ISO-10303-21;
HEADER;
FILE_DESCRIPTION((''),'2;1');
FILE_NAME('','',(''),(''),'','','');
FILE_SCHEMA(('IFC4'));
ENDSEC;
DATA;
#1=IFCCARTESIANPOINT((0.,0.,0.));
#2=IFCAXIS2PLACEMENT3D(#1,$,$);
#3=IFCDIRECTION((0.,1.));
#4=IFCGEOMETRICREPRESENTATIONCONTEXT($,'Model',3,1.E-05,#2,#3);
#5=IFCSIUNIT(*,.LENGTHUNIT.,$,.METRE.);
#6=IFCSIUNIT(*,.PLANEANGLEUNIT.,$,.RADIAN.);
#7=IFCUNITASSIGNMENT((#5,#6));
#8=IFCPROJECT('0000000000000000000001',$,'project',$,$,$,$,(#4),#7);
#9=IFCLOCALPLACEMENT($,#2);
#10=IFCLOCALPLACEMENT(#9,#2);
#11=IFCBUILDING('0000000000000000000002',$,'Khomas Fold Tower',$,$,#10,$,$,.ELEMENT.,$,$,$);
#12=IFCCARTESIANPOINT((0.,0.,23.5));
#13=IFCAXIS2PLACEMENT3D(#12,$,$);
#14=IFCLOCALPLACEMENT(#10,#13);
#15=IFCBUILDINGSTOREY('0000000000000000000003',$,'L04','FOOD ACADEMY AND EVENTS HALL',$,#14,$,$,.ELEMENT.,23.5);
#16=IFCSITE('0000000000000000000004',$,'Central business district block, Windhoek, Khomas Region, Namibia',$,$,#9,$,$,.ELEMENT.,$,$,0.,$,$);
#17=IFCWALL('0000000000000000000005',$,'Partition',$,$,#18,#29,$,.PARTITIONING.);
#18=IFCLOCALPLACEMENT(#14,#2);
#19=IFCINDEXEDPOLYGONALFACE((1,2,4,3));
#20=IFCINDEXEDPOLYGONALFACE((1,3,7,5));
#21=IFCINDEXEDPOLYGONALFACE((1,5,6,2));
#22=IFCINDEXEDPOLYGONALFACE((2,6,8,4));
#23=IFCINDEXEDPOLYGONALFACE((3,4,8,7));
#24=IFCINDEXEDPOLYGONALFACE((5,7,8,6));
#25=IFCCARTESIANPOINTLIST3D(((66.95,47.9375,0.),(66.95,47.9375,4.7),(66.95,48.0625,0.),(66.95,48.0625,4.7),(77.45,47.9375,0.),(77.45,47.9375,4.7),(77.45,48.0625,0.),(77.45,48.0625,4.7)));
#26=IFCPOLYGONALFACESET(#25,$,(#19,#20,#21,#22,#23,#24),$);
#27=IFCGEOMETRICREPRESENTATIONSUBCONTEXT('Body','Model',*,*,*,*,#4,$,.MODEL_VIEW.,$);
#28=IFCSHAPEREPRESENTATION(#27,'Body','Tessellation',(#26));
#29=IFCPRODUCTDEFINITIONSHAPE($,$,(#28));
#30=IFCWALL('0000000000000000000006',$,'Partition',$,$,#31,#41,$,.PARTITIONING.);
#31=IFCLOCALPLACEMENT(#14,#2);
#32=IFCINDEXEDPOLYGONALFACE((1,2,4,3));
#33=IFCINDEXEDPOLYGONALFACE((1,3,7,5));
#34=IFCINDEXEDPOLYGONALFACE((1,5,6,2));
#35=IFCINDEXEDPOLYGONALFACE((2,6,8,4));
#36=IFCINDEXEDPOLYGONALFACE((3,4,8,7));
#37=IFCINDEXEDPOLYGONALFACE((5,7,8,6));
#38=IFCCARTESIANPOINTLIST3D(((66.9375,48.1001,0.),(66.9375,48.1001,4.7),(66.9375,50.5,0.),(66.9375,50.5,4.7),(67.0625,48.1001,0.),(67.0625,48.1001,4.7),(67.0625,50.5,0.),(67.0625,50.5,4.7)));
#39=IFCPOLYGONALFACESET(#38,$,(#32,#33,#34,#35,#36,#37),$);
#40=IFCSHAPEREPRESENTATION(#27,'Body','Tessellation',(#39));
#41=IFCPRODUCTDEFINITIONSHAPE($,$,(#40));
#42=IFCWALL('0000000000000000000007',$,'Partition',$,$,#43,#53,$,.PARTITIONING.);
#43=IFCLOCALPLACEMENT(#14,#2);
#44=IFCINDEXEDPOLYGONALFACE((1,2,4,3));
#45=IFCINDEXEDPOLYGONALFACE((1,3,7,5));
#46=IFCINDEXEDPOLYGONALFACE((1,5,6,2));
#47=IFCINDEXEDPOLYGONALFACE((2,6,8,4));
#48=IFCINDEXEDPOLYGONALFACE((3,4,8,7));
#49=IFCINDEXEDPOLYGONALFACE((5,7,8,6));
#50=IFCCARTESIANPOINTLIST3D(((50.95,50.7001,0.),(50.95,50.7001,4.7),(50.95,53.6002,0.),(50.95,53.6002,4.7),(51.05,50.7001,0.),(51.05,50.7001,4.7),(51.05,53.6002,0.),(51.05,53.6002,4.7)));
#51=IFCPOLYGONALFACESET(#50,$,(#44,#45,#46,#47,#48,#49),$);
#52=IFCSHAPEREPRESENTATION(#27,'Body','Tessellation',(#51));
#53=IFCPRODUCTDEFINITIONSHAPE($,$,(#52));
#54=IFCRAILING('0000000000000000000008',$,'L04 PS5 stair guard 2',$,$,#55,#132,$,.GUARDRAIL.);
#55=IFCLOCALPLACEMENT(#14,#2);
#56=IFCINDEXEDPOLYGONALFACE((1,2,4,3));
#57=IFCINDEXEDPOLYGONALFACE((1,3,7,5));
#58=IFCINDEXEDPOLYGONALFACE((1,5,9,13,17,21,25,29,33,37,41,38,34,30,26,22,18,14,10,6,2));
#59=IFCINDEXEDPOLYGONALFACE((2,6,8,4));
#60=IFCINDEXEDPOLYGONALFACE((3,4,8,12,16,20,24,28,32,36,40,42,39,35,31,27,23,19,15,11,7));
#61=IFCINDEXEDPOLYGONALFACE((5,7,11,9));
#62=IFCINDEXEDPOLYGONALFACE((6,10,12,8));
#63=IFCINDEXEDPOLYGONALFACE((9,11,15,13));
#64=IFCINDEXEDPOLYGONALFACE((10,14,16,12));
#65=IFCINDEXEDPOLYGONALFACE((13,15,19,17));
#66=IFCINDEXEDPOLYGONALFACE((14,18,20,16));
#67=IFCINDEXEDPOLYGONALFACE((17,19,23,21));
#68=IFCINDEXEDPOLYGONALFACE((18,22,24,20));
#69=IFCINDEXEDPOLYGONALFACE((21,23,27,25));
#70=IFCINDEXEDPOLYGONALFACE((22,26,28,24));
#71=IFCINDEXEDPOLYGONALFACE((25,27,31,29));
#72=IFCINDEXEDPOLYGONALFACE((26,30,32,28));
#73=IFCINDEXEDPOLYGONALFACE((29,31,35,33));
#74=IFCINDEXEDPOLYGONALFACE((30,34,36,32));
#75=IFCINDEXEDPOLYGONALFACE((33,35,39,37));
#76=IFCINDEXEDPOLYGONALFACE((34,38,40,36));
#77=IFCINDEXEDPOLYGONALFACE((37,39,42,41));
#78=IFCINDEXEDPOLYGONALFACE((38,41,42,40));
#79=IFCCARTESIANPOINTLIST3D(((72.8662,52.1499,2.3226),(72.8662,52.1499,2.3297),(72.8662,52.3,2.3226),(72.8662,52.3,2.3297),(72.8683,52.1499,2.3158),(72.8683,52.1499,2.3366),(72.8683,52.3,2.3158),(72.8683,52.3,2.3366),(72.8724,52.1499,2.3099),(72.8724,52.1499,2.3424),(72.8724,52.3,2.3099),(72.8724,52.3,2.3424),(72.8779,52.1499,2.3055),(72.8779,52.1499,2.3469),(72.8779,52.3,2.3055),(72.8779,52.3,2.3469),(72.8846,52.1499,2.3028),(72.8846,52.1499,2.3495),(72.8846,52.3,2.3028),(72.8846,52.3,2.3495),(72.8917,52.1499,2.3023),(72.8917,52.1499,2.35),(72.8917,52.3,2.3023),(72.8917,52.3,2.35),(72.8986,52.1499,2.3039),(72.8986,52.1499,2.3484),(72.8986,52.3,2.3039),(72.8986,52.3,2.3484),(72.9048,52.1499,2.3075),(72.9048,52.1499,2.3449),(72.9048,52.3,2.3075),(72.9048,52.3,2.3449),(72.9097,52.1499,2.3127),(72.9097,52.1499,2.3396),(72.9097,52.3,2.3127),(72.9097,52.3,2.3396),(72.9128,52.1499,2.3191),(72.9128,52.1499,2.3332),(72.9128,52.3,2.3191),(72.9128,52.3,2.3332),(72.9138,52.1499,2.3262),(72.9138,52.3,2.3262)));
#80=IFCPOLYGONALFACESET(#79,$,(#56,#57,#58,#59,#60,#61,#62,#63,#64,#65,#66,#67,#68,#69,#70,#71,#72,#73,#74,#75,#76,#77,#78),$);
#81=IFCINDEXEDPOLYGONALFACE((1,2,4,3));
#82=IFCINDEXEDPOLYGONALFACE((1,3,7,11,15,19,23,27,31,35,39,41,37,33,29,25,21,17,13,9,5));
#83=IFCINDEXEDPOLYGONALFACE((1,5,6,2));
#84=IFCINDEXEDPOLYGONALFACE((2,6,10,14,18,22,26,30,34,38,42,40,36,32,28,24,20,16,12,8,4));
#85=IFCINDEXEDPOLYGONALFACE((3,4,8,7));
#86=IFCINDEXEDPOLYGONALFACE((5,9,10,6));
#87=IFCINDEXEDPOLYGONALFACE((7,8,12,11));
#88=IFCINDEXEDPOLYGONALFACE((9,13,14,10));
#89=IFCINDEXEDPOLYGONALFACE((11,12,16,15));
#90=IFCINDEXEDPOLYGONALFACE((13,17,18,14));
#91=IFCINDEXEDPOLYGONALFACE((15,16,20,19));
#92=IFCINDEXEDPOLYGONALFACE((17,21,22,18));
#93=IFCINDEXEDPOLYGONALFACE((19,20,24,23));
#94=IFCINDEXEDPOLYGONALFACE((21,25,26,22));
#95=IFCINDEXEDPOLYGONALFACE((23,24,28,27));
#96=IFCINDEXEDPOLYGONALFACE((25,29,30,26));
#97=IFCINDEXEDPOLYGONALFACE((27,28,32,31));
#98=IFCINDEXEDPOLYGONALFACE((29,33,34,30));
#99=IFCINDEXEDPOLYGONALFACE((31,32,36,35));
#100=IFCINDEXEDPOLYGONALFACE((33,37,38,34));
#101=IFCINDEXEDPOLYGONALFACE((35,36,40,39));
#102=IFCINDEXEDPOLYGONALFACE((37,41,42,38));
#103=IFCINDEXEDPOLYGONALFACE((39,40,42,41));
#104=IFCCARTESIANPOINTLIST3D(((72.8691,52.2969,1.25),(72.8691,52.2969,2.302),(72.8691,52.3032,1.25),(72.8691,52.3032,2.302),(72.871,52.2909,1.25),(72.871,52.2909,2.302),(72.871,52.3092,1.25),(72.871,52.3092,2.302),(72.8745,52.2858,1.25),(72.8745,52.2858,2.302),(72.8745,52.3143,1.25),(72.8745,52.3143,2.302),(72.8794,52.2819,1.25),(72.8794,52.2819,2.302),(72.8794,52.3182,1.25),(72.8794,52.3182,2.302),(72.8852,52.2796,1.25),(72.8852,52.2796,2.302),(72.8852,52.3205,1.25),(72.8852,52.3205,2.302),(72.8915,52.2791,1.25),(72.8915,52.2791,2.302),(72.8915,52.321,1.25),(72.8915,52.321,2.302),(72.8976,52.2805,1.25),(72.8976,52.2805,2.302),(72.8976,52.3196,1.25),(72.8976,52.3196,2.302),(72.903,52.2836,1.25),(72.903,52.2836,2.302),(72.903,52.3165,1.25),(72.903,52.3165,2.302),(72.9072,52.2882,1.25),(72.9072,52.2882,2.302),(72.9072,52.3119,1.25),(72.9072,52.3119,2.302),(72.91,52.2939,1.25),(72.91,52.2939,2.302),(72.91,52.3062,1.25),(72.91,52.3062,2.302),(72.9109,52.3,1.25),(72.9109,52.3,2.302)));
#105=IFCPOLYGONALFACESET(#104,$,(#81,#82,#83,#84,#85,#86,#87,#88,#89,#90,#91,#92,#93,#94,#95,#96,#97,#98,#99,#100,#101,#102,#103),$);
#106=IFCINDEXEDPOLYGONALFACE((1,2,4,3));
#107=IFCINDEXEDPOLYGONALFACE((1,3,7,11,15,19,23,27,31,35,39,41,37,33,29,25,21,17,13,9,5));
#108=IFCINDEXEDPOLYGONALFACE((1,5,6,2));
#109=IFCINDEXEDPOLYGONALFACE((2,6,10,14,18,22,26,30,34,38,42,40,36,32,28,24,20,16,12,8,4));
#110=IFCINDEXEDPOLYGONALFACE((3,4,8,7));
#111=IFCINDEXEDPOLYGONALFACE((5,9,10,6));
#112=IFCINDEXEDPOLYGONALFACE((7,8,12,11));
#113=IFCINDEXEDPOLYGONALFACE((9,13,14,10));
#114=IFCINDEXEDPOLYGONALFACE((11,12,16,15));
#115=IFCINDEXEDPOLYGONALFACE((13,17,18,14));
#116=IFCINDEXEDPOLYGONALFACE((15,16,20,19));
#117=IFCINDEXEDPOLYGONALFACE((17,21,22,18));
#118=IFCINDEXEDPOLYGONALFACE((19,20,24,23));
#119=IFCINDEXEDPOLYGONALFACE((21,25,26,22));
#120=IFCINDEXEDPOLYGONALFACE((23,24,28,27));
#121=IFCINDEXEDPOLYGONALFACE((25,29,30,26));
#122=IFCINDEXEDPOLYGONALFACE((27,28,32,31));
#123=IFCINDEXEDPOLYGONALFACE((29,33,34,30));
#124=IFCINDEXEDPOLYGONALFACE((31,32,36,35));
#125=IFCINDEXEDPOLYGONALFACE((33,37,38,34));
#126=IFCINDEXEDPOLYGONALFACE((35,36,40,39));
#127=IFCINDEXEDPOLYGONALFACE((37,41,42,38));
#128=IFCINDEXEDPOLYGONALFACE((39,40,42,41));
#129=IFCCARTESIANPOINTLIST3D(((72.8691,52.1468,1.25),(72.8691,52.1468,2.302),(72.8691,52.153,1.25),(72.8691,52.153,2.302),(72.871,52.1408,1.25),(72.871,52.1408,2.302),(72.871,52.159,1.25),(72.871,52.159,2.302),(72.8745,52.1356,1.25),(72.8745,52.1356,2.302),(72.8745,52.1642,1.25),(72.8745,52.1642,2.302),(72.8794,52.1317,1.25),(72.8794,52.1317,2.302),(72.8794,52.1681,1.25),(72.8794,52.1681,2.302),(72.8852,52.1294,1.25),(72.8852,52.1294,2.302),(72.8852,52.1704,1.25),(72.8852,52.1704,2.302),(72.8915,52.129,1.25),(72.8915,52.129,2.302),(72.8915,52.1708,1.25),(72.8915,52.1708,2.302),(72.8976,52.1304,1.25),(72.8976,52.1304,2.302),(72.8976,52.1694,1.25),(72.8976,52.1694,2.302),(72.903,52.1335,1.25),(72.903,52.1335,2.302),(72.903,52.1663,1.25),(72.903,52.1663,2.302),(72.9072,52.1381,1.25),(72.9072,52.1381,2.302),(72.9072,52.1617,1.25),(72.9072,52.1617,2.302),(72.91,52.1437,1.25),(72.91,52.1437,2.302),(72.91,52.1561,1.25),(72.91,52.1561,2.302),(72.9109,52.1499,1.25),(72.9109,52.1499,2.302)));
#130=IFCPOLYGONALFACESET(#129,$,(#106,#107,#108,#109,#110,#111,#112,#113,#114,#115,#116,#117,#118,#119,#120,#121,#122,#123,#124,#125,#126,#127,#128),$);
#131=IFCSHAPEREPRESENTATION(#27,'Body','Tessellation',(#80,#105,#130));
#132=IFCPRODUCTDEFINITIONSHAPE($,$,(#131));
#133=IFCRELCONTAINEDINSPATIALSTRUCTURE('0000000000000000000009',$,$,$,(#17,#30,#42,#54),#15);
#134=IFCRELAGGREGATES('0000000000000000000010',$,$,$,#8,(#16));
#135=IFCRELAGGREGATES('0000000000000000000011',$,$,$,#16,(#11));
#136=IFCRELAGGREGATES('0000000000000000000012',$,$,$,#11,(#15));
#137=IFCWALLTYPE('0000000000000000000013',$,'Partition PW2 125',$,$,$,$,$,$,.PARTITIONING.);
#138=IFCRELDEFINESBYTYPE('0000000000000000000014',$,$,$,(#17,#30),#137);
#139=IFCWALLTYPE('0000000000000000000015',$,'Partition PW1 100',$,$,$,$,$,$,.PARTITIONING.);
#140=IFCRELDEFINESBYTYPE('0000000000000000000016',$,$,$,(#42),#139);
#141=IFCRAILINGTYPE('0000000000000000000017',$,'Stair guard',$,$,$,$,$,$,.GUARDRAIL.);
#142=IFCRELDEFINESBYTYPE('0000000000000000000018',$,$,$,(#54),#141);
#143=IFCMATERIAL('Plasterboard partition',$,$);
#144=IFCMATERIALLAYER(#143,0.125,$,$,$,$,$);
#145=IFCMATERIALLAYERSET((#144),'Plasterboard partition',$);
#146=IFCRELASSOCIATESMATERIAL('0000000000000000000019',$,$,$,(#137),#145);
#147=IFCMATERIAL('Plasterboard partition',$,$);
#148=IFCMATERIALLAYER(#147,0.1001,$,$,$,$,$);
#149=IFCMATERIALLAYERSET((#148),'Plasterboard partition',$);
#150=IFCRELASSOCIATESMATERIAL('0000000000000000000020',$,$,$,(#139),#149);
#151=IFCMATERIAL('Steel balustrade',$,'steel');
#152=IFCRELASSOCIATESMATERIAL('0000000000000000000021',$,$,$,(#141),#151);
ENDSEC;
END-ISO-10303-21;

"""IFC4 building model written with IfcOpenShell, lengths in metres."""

from ifc_helpers import new_model, si_unit, direction, frame, frame_2d, origin, origin_2d, place, context, subcontext, project, spatial, rectangle, circle, extrude, source, transform, mapped, material, layer, layer_set, type_object, element, save


model = new_model("IFC4")

# Units and contexts
model_context = context("Model", 3, precision=1e-05, world=origin(), true_north=direction((0.0, 1.0)))
body_context = subcontext(model_context, "Body", "Model", "MODEL_VIEW")
ifc_project = project(units=[si_unit("LENGTHUNIT", "METRE"), si_unit("PLANEANGLEUNIT", "RADIAN")], contexts=[model_context])

# Site, building, storey
site_placement = place(None, origin())
site = spatial("IfcSite", under=ifc_project, at=site_placement, Name="Central business district block, Windhoek, Khomas Region, Namibia", CompositionType="ELEMENT", RefElevation=0.0)
building_placement = place(site_placement, origin())
building = spatial("IfcBuilding", under=site, at=building_placement, Name="Khomas Fold Tower", CompositionType="ELEMENT")
storey_placement = place(building_placement, frame((0.0, 0.0, 23.5)))
storey = spatial("IfcBuildingStorey", under=building, at=storey_placement, Name="L04", Description="FOOD ACADEMY AND EVENTS HALL", CompositionType="ELEMENT", Elevation=23.5)

# Walls
ifc_material_1 = material(Name="Plasterboard partition")
ifc_layer_1 = layer(ifc_material_1, 0.125)
ifc_layer_set_1 = layer_set([ifc_layer_1], Name="Plasterboard partition")
wall_type_1 = type_object("IfcWallType", Name="Partition PW2 125", PredefinedType="PARTITIONING", material=ifc_layer_set_1)
shared_shape_1 = source(origin(), body_context, "Body", "SweptSolid", [
    extrude(rectangle(XDim=10.5, YDim=0.125, at=frame_2d((5.25, 0.0))), origin(), (0.0, 0.0, 1.0), 4.7),
])
wall_1_placement = place(storey_placement, frame((66.95, 48.0, 0.0), z_axis=(0.0, 0.0, 1.0), x_axis=(1.0, 0.0, 0.0)))
element("IfcWall", 1, at=wall_1_placement, inside=storey, type_object=wall_type_1, Name="Partition", PredefinedType="PARTITIONING", context=body_context, shape_type="MappedRepresentation", body=[
    mapped(shared_shape_1, transform((0.0, 0.0, 0.0))),
])
shared_shape_2 = source(origin(), body_context, "Body", "SweptSolid", [
    extrude(rectangle(XDim=2.3999, YDim=0.125, at=frame_2d((1.2, 0.0))), origin(), (0.0, 0.0, 1.0), 4.7),
])
wall_2_placement = place(storey_placement, frame((67.0, 48.1001, 0.0), z_axis=(0.0, 0.0, 1.0), x_axis=(0.0, 1.0, 0.0)))
element("IfcWall", 2, at=wall_2_placement, inside=storey, type_object=wall_type_1, Name="Partition", PredefinedType="PARTITIONING", context=body_context, shape_type="MappedRepresentation", body=[
    mapped(shared_shape_2, transform((0.0, 0.0, 0.0))),
])
ifc_material_2 = material(Name="Plasterboard partition")
ifc_layer_2 = layer(ifc_material_2, 0.1001)
ifc_layer_set_2 = layer_set([ifc_layer_2], Name="Plasterboard partition")
wall_type_2 = type_object("IfcWallType", Name="Partition PW1 100", PredefinedType="PARTITIONING", material=ifc_layer_set_2)
shared_shape_3 = source(origin(), body_context, "Body", "SweptSolid", [
    extrude(rectangle(XDim=2.9001, YDim=0.1001, at=frame_2d((1.4502, 0.0))), origin(), (0.0, 0.0, 1.0), 4.7),
])
wall_3_placement = place(storey_placement, frame((51.0, 50.7, 0.0), z_axis=(0.0, 0.0, 1.0), x_axis=(0.0, 1.0, 0.0)))
element("IfcWall", 3, at=wall_3_placement, inside=storey, type_object=wall_type_2, Name="Partition", PredefinedType="PARTITIONING", context=body_context, shape_type="MappedRepresentation", body=[
    mapped(shared_shape_3, transform((0.0, 0.0, 0.0))),
])

# Railing
ifc_material_3 = material(Name="Steel balustrade", Category="steel")
railing_type = type_object("IfcRailingType", Name="Stair guard", PredefinedType="GUARDRAIL", material=ifc_material_3)
shared_shape_4 = source(origin(), body_context, "Body", "SweptSolid", [
    extrude(circle(Radius=0.0239, at=origin_2d()), frame((0.0, 0.0, 1.0762), z_axis=(0.0, -1.0, 0.0), x_axis=(1.0, 0.0, 0.0)), (0.0, 0.0, 1.0), 0.1501),
    extrude(circle(Radius=0.021, at=origin_2d()), origin(), (0.0, 0.0, 1.0), 1.052),
    extrude(circle(Radius=0.021, at=origin_2d()), frame((0.0, -0.1501, 0.0)), (0.0, 0.0, 1.0), 1.052),
])
railing_placement = place(storey_placement, frame((72.8899, 52.3, 1.25)))
element("IfcRailing", 4, at=railing_placement, inside=storey, type_object=railing_type, Name="L04 PS5 stair guard 2", PredefinedType="GUARDRAIL", context=body_context, shape_type="MappedRepresentation", body=[
    mapped(shared_shape_4, transform((0.0, 0.0, 0.0))),
])

save(model, "model.ifc")
